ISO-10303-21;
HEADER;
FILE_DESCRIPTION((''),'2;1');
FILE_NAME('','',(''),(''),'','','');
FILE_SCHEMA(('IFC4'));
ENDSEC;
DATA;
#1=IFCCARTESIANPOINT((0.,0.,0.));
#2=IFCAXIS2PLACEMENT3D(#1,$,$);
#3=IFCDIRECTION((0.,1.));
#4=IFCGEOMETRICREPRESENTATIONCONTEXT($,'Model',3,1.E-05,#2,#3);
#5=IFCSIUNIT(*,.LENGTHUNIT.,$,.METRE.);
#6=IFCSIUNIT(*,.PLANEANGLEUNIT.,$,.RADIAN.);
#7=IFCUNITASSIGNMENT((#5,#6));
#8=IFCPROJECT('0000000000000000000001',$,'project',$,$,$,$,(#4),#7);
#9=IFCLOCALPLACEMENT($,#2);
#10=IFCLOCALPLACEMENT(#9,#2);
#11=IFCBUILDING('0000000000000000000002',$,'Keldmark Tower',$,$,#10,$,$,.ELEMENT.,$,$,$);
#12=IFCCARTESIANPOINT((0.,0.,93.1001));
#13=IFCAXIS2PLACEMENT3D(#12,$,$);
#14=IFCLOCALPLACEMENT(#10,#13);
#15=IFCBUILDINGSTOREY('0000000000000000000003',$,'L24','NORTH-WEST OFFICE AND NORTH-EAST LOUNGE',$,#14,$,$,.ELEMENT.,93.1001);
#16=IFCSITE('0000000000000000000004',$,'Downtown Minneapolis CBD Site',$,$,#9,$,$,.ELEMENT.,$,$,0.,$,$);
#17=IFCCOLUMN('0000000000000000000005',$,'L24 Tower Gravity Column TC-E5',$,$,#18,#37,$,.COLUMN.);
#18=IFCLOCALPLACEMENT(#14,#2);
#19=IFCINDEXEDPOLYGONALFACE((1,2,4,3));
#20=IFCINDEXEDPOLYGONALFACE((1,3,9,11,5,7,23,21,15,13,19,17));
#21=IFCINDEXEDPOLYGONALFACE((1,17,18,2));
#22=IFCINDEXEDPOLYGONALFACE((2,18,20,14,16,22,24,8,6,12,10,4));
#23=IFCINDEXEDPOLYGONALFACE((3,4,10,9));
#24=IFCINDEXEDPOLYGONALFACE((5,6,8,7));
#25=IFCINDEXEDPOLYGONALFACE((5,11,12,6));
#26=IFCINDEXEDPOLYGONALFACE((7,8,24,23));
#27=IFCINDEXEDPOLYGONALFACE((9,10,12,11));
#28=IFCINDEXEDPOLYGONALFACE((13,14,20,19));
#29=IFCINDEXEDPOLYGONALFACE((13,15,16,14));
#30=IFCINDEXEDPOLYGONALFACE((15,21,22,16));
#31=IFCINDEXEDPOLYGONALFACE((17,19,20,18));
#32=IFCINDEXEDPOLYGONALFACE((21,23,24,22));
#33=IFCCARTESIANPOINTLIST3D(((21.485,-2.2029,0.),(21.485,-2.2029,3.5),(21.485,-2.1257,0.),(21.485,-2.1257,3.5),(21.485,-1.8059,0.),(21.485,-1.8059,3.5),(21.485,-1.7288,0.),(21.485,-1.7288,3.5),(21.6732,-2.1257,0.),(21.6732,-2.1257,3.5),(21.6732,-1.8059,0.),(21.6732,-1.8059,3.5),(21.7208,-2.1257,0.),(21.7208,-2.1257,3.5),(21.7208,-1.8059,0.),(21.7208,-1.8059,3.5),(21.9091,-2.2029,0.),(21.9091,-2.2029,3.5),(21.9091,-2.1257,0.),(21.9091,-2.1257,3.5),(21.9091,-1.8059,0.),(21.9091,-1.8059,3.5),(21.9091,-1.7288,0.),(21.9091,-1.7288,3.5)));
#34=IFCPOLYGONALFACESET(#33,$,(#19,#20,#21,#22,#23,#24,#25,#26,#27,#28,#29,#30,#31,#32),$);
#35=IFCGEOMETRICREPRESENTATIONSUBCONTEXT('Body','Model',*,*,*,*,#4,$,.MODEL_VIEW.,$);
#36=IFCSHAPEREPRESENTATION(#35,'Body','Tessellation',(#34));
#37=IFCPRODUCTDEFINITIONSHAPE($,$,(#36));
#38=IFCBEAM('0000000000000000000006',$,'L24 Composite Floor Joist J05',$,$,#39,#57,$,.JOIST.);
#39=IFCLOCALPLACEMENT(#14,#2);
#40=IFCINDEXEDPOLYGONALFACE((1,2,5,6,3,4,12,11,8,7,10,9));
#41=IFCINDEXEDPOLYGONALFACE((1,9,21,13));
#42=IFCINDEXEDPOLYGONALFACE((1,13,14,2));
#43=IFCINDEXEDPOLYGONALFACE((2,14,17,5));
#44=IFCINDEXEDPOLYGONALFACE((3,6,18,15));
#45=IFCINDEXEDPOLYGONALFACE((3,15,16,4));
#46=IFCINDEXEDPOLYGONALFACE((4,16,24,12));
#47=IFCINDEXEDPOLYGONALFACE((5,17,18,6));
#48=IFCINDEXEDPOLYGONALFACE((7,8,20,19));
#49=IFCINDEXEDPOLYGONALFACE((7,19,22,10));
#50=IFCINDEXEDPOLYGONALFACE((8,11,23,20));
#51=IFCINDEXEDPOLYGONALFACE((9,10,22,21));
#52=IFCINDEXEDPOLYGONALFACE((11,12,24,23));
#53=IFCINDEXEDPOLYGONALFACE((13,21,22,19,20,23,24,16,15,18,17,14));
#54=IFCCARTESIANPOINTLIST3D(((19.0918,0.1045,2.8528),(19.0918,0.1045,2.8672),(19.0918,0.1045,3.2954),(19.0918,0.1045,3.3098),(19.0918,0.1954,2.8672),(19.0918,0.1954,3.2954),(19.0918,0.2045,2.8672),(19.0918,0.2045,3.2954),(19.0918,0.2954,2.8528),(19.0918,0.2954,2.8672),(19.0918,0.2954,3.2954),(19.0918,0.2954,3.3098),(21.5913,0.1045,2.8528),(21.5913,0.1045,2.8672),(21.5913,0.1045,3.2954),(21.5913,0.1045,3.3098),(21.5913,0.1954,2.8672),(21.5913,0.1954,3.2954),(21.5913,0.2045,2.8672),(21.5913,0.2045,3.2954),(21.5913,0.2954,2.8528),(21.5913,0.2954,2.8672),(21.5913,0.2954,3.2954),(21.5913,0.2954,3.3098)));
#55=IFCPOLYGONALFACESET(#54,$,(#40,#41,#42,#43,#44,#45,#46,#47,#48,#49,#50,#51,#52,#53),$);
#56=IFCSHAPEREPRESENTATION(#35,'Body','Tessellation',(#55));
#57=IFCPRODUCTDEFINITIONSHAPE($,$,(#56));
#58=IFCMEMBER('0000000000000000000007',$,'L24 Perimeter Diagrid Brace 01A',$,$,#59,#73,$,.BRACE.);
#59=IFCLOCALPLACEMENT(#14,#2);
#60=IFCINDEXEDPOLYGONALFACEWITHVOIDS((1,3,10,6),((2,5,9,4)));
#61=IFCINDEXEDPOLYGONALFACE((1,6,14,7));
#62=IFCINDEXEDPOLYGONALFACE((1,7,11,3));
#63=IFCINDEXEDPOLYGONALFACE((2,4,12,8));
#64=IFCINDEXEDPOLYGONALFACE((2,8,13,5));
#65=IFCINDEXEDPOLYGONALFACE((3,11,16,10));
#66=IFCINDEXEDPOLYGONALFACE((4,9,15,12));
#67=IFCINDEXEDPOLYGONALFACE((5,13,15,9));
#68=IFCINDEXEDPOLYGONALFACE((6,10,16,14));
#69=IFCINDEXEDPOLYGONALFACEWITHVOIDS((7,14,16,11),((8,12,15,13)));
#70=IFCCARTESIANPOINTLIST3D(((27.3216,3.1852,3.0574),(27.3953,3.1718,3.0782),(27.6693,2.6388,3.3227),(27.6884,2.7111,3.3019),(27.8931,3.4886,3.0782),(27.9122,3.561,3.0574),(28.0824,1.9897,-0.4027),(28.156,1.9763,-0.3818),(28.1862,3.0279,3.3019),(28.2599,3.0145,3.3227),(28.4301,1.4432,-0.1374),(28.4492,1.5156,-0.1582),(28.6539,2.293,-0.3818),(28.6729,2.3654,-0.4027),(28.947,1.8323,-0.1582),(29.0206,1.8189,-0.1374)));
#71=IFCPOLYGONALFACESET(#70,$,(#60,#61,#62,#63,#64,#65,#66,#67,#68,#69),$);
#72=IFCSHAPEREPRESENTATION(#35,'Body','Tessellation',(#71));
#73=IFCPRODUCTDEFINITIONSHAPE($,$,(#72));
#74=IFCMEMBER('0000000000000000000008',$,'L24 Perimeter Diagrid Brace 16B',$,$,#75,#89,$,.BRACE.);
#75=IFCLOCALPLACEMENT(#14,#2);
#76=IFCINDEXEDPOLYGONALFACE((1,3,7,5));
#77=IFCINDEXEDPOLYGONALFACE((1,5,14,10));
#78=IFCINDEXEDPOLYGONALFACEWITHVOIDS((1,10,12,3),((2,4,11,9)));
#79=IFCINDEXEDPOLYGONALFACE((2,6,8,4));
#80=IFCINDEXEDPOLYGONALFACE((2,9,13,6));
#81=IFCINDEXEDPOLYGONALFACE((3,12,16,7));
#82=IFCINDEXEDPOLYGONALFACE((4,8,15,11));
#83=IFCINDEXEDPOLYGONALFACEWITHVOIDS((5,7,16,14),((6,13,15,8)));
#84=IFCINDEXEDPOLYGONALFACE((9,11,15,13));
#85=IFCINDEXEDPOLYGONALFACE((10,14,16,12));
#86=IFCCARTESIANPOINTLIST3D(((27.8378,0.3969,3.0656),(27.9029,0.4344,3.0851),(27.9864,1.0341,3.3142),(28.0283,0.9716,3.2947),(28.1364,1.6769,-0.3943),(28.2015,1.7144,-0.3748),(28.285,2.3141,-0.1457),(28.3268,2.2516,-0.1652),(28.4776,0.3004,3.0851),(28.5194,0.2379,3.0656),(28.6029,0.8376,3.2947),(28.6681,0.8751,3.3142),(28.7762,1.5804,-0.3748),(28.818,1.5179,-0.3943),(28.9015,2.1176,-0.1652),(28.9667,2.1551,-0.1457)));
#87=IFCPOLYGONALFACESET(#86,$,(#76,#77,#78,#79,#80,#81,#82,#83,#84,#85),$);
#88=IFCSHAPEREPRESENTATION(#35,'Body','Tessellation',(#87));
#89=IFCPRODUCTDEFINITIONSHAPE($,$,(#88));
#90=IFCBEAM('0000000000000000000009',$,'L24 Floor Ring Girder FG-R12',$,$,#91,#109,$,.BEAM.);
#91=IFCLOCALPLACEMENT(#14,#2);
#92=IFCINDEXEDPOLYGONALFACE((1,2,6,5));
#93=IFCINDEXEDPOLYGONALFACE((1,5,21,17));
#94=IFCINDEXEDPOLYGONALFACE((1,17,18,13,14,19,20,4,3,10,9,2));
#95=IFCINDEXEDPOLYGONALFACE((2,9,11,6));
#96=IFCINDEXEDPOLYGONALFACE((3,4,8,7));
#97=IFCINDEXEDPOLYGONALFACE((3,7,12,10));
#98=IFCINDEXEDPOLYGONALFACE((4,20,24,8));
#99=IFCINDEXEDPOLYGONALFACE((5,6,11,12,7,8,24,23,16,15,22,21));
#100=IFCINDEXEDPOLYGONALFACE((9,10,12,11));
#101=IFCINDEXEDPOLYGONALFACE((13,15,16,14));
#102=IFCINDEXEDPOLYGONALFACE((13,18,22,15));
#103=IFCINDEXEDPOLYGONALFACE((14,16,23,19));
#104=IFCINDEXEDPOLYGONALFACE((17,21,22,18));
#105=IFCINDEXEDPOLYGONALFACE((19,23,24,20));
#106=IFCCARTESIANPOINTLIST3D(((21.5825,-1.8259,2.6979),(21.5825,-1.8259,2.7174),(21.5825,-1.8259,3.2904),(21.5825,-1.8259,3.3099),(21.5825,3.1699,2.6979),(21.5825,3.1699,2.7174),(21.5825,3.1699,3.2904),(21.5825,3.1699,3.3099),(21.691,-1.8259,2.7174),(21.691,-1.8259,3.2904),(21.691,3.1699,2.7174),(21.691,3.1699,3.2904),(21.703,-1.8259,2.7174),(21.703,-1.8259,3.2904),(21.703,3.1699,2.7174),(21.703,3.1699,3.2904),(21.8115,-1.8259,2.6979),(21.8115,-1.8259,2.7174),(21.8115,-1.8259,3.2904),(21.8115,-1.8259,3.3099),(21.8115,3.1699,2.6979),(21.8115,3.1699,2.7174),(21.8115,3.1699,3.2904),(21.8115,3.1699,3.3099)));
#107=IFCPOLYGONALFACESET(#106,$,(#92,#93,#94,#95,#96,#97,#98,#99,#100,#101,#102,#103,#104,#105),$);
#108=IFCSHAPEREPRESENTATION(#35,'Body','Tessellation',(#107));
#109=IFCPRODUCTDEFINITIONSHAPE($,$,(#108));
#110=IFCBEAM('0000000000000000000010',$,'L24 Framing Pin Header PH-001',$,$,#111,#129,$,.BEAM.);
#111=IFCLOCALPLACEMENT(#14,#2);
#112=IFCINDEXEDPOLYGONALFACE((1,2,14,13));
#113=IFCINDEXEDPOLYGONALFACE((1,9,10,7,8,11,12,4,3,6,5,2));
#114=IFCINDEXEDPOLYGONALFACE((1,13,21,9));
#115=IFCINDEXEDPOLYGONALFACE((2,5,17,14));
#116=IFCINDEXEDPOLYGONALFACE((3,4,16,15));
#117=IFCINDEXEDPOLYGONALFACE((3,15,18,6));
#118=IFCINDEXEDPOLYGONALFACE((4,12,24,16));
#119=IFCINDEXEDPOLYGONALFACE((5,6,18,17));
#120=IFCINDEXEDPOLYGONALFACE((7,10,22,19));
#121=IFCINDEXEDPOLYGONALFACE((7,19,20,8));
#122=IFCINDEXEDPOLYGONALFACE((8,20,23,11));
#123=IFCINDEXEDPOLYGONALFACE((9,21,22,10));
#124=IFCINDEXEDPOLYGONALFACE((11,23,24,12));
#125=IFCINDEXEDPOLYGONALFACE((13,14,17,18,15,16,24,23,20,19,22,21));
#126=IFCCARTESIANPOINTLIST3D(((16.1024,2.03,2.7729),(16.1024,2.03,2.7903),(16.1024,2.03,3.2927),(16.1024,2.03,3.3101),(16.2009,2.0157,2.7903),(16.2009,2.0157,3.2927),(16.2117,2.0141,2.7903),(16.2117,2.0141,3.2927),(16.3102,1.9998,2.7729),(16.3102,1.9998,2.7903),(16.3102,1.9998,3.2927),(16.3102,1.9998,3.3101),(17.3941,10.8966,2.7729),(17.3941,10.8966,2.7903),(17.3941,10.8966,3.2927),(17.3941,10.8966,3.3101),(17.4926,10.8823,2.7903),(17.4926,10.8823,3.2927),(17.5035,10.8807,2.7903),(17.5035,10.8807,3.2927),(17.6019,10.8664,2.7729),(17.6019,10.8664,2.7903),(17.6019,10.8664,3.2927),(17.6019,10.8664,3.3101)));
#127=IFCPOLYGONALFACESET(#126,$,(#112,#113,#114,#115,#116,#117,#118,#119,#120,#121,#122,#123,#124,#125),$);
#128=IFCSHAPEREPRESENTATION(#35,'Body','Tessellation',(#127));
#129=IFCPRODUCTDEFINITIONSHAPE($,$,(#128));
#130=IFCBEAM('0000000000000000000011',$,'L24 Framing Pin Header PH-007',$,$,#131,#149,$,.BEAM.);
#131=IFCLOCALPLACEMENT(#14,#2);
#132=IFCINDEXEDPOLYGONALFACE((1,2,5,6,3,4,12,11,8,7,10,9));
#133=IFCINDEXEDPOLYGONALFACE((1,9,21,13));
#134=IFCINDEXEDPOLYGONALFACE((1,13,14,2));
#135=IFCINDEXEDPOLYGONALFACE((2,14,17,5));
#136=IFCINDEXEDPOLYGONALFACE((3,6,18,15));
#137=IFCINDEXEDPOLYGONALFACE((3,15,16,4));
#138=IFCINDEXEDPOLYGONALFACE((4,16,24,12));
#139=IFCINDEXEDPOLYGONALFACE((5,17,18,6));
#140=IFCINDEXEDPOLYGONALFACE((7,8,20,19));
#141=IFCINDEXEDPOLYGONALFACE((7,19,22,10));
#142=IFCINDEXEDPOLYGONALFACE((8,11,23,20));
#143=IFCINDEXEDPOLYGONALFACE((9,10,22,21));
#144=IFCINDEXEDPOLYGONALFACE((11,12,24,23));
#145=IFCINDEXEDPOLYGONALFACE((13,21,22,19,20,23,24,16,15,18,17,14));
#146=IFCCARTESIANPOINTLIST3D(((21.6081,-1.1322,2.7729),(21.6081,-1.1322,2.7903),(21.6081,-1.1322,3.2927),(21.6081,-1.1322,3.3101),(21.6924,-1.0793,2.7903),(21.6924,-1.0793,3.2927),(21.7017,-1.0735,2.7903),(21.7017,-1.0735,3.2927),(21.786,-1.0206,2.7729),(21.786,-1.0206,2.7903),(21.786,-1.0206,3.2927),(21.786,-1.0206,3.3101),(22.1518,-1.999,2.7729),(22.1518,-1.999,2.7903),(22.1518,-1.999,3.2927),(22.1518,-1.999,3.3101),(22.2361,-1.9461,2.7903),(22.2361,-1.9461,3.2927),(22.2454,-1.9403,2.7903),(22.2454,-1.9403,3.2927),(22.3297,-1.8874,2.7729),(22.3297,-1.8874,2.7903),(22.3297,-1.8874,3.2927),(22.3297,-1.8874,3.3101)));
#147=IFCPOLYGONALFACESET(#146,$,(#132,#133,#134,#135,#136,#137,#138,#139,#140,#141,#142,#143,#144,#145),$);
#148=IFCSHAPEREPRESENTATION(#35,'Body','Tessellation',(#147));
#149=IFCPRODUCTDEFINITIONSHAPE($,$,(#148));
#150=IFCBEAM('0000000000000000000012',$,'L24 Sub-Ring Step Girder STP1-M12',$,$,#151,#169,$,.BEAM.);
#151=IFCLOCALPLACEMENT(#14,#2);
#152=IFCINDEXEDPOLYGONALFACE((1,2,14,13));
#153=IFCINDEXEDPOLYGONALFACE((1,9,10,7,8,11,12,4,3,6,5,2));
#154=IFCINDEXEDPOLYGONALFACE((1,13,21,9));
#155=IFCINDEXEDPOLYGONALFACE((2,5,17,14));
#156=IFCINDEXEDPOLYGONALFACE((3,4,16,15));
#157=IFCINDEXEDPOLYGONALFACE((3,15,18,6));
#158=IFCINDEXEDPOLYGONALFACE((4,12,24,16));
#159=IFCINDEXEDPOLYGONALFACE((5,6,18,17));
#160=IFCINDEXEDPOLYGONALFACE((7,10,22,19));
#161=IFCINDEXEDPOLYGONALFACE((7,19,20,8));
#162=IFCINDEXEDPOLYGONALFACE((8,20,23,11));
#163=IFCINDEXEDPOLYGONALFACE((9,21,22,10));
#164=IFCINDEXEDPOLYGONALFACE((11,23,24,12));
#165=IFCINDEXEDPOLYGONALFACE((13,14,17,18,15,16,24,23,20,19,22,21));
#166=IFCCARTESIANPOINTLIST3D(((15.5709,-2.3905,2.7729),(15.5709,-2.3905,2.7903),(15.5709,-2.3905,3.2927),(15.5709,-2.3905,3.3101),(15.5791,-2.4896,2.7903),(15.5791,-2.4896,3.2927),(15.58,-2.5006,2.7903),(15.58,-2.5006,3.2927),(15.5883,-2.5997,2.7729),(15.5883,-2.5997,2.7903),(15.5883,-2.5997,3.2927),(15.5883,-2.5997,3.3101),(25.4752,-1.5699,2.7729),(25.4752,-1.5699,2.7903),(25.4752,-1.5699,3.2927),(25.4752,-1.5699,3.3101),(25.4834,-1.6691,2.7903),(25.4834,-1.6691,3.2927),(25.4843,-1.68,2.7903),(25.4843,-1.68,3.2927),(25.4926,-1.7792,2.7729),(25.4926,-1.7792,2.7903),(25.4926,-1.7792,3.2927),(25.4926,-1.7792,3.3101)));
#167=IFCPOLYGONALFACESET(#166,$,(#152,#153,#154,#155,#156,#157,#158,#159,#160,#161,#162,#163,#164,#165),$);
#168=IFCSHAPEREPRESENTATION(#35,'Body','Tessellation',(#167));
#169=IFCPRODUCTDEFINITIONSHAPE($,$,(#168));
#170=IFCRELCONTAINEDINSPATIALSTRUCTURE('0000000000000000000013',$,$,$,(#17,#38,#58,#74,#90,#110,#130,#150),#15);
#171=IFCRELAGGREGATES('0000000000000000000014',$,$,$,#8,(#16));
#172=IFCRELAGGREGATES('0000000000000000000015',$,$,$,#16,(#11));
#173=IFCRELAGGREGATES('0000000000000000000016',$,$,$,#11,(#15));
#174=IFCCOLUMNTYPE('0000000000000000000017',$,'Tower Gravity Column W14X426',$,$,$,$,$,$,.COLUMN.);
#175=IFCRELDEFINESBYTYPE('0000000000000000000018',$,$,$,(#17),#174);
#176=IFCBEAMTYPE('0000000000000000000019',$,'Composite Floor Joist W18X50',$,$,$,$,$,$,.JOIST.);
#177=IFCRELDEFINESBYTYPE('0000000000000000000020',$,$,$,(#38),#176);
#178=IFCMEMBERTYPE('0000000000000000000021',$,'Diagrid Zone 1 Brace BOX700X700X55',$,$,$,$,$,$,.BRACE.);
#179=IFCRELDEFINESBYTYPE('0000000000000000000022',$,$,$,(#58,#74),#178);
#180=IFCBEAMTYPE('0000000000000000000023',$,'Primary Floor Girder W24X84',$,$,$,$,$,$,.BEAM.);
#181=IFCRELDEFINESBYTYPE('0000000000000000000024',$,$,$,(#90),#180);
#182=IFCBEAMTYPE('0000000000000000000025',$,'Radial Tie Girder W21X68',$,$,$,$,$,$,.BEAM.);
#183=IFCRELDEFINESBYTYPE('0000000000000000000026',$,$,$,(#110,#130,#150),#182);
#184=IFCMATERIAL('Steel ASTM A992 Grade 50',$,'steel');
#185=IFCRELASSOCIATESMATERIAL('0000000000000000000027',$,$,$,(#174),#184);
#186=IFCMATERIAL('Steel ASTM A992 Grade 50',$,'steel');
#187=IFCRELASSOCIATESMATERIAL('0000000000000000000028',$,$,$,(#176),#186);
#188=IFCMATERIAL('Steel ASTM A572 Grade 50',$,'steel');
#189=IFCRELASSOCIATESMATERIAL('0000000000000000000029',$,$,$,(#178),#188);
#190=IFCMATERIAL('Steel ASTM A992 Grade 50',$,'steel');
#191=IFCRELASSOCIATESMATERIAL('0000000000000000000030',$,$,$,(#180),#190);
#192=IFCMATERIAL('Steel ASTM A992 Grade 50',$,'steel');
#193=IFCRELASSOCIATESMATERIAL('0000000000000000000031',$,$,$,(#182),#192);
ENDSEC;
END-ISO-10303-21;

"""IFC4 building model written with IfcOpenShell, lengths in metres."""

from ifc_helpers import new_model, si_unit, direction, frame, origin, origin_2d, place, context, subcontext, project, spatial, hollow_rectangle, i_section, extrude, material, material_profile, profile_set, type_object, element, save


model = new_model("IFC4")

# Units and contexts
model_context = context("Model", 3, precision=1e-05, world=origin(), true_north=direction((0.0, 1.0)))
body_context = subcontext(model_context, "Body", "Model", "MODEL_VIEW")
ifc_project = project(units=[si_unit("LENGTHUNIT", "METRE"), si_unit("PLANEANGLEUNIT", "RADIAN")], contexts=[model_context])

# Site, building, storey
site_placement = place(None, origin())
site = spatial("IfcSite", under=ifc_project, at=site_placement, Name="Downtown Minneapolis CBD Site", CompositionType="ELEMENT", RefElevation=0.0)
building_placement = place(site_placement, origin())
building = spatial("IfcBuilding", under=site, at=building_placement, Name="Keldmark Tower", CompositionType="ELEMENT")
storey_placement = place(building_placement, frame((0.0, 0.0, 93.1001)))
storey = spatial("IfcBuildingStorey", under=building, at=storey_placement, Name="L24", Description="NORTH-WEST OFFICE AND NORTH-EAST LOUNGE", CompositionType="ELEMENT", Elevation=93.1001)

# Column
ifc_material_1 = material(Name="Steel ASTM A992 Grade 50", Category="steel")
ifc_material_profile_1 = material_profile(ifc_material_1, i_section(OverallWidth=0.4241, OverallDepth=0.4741, WebThickness=0.0476, FlangeThickness=0.0771, at=origin_2d()), Name="W14X426")
ifc_profile_set_1 = profile_set([ifc_material_profile_1], Name="Steel ASTM A992 Grade 50")
column_type = type_object("IfcColumnType", Name="Tower Gravity Column W14X426", PredefinedType="COLUMN", material=ifc_profile_set_1)
column_placement = place(storey_placement, frame((21.697, -1.9658, 0.0), z_axis=(0.0, 0.0, 1.0), x_axis=(1.0, 0.0, 0.0)))
element("IfcColumn", 1, at=column_placement, inside=storey, type_object=column_type, Name="L24 Tower Gravity Column TC-E5", PredefinedType="COLUMN", context=body_context, shape_type="SweptSolid", body=[
    extrude(i_section(OverallWidth=0.4241, OverallDepth=0.4741, WebThickness=0.0476, FlangeThickness=0.0771, at=origin_2d()), origin(), (0.0, 0.0, 1.0), 3.5),
])

# Beam
ifc_material_2 = material(Name="Steel ASTM A992 Grade 50", Category="steel")
ifc_material_profile_2 = material_profile(ifc_material_2, i_section(OverallWidth=0.1909, OverallDepth=0.457, WebThickness=0.009, FlangeThickness=0.0144, at=origin_2d()), Name="W18X50")
ifc_profile_set_2 = profile_set([ifc_material_profile_2], Name="Steel ASTM A992 Grade 50")
beam_type_1 = type_object("IfcBeamType", Name="Composite Floor Joist W18X50", PredefinedType="JOIST", material=ifc_profile_set_2)
beam_1_placement = place(storey_placement, frame((19.0918, 0.2, 3.0813), z_axis=(1.0, 0.0, 0.0), x_axis=(0.0, 1.0, 0.0)))
element("IfcBeam", 2, at=beam_1_placement, inside=storey, type_object=beam_type_1, Name="L24 Composite Floor Joist J05", PredefinedType="JOIST", context=body_context, shape_type="SweptSolid", body=[
    extrude(i_section(OverallWidth=0.1909, OverallDepth=0.457, WebThickness=0.009, FlangeThickness=0.0144, at=origin_2d()), origin(), (0.0, 0.0, 1.0), 2.4995),
])

# Members
ifc_material_3 = material(Name="Steel ASTM A572 Grade 50", Category="steel")
ifc_material_profile_3 = material_profile(ifc_material_3, hollow_rectangle(XDim=0.7, YDim=0.7, WallThickness=0.0549, at=origin_2d()), Name="BOX700X700X55")
ifc_profile_set_3 = profile_set([ifc_material_profile_3], Name="Steel ASTM A572 Grade 50")
member_type = type_object("IfcMemberType", Name="Diagrid Zone 1 Brace BOX700X700X55", PredefinedType="BRACE", material=ifc_profile_set_3)
member_1_placement = place(storey_placement, frame((28.5515, 1.9043, -0.27), z_axis=(-0.203467, 0.319761, 0.925394), x_axis=(-0.843683, -0.536842, 0.0)))
element("IfcMember", 3, at=member_1_placement, inside=storey, type_object=member_type, Name="L24 Perimeter Diagrid Brace 01A", PredefinedType="BRACE", context=body_context, shape_type="SweptSolid", body=[
    extrude(hollow_rectangle(XDim=0.7, YDim=0.7, WallThickness=0.0549, at=origin_2d()), origin(), (0.0, 0.0, 1.0), 3.739),
])
member_2_placement = place(storey_placement, frame((28.5515, 1.916, -0.27), z_axis=(-0.080672, -0.345841, 0.934819), x_axis=(0.973856, -0.227165, 0.0)))
element("IfcMember", 4, at=member_2_placement, inside=storey, type_object=member_type, Name="L24 Perimeter Diagrid Brace 16B", PredefinedType="BRACE", context=body_context, shape_type="SweptSolid", body=[
    extrude(hollow_rectangle(XDim=0.7, YDim=0.7, WallThickness=0.0549, at=origin_2d()), origin(), (0.0, 0.0, 1.0), 3.7012),
])

# Beams
ifc_material_4 = material(Name="Steel ASTM A992 Grade 50", Category="steel")
ifc_material_profile_4 = material_profile(ifc_material_4, i_section(OverallWidth=0.229, OverallDepth=0.6121, WebThickness=0.012, FlangeThickness=0.0195, at=origin_2d()), Name="W24X84")
ifc_profile_set_4 = profile_set([ifc_material_profile_4], Name="Steel ASTM A992 Grade 50")
beam_type_2 = type_object("IfcBeamType", Name="Primary Floor Girder W24X84", PredefinedType="BEAM", material=ifc_profile_set_4)
beam_2_placement = place(storey_placement, frame((21.697, -1.8259, 3.0039), z_axis=(0.0, 1.0, 0.0), x_axis=(-1.0, 0.0, 0.0)))
element("IfcBeam", 5, at=beam_2_placement, inside=storey, type_object=beam_type_2, Name="L24 Floor Ring Girder FG-R12", PredefinedType="BEAM", context=body_context, shape_type="SweptSolid", body=[
    extrude(i_section(OverallWidth=0.229, OverallDepth=0.6121, WebThickness=0.012, FlangeThickness=0.0195, at=origin_2d()), origin(), (0.0, 0.0, 1.0), 4.9958),
])
ifc_material_5 = material(Name="Steel ASTM A992 Grade 50", Category="steel")
ifc_material_profile_5 = material_profile(ifc_material_5, i_section(OverallWidth=0.21, OverallDepth=0.5371, WebThickness=0.011, FlangeThickness=0.0173, at=origin_2d()), Name="W21X68")
ifc_profile_set_5 = profile_set([ifc_material_profile_5], Name="Steel ASTM A992 Grade 50")
beam_type_3 = type_object("IfcBeamType", Name="Radial Tie Girder W21X68", PredefinedType="BEAM", material=ifc_profile_set_5)
beam_3_placement = place(storey_placement, frame((16.2063, 2.0149, 3.0415), z_axis=(0.144163, 0.989554, 0.0), x_axis=(-0.989554, 0.144163, 0.0)))
element("IfcBeam", 6, at=beam_3_placement, inside=storey, type_object=beam_type_3, Name="L24 Framing Pin Header PH-001", PredefinedType="BEAM", context=body_context, shape_type="SweptSolid", body=[
    extrude(i_section(OverallWidth=0.21, OverallDepth=0.5371, WebThickness=0.011, FlangeThickness=0.0173, at=origin_2d()), origin(), (0.0, 0.0, 1.0), 8.9602),
])
beam_4_placement = place(storey_placement, frame((21.697, -1.0764, 3.0415), z_axis=(0.531414, -0.847112, 0.0), x_axis=(0.847112, 0.531414, 0.0)))
element("IfcBeam", 7, at=beam_4_placement, inside=storey, type_object=beam_type_3, Name="L24 Framing Pin Header PH-007", PredefinedType="BEAM", context=body_context, shape_type="SweptSolid", body=[
    extrude(i_section(OverallWidth=0.21, OverallDepth=0.5371, WebThickness=0.011, FlangeThickness=0.0173, at=origin_2d()), origin(), (0.0, 0.0, 1.0), 1.0232),
])
beam_5_placement = place(storey_placement, frame((15.5796, -2.4951, 3.0415), z_axis=(0.996586, 0.082566, 0.0), x_axis=(-0.082566, 0.996586, 0.0)))
element("IfcBeam", 8, at=beam_5_placement, inside=storey, type_object=beam_type_3, Name="L24 Sub-Ring Step Girder STP1-M12", PredefinedType="BEAM", context=body_context, shape_type="SweptSolid", body=[
    extrude(i_section(OverallWidth=0.21, OverallDepth=0.5371, WebThickness=0.011, FlangeThickness=0.0173, at=origin_2d()), origin(), (0.0, 0.0, 1.0), 9.9382),
])

save(model, "model.ifc")
